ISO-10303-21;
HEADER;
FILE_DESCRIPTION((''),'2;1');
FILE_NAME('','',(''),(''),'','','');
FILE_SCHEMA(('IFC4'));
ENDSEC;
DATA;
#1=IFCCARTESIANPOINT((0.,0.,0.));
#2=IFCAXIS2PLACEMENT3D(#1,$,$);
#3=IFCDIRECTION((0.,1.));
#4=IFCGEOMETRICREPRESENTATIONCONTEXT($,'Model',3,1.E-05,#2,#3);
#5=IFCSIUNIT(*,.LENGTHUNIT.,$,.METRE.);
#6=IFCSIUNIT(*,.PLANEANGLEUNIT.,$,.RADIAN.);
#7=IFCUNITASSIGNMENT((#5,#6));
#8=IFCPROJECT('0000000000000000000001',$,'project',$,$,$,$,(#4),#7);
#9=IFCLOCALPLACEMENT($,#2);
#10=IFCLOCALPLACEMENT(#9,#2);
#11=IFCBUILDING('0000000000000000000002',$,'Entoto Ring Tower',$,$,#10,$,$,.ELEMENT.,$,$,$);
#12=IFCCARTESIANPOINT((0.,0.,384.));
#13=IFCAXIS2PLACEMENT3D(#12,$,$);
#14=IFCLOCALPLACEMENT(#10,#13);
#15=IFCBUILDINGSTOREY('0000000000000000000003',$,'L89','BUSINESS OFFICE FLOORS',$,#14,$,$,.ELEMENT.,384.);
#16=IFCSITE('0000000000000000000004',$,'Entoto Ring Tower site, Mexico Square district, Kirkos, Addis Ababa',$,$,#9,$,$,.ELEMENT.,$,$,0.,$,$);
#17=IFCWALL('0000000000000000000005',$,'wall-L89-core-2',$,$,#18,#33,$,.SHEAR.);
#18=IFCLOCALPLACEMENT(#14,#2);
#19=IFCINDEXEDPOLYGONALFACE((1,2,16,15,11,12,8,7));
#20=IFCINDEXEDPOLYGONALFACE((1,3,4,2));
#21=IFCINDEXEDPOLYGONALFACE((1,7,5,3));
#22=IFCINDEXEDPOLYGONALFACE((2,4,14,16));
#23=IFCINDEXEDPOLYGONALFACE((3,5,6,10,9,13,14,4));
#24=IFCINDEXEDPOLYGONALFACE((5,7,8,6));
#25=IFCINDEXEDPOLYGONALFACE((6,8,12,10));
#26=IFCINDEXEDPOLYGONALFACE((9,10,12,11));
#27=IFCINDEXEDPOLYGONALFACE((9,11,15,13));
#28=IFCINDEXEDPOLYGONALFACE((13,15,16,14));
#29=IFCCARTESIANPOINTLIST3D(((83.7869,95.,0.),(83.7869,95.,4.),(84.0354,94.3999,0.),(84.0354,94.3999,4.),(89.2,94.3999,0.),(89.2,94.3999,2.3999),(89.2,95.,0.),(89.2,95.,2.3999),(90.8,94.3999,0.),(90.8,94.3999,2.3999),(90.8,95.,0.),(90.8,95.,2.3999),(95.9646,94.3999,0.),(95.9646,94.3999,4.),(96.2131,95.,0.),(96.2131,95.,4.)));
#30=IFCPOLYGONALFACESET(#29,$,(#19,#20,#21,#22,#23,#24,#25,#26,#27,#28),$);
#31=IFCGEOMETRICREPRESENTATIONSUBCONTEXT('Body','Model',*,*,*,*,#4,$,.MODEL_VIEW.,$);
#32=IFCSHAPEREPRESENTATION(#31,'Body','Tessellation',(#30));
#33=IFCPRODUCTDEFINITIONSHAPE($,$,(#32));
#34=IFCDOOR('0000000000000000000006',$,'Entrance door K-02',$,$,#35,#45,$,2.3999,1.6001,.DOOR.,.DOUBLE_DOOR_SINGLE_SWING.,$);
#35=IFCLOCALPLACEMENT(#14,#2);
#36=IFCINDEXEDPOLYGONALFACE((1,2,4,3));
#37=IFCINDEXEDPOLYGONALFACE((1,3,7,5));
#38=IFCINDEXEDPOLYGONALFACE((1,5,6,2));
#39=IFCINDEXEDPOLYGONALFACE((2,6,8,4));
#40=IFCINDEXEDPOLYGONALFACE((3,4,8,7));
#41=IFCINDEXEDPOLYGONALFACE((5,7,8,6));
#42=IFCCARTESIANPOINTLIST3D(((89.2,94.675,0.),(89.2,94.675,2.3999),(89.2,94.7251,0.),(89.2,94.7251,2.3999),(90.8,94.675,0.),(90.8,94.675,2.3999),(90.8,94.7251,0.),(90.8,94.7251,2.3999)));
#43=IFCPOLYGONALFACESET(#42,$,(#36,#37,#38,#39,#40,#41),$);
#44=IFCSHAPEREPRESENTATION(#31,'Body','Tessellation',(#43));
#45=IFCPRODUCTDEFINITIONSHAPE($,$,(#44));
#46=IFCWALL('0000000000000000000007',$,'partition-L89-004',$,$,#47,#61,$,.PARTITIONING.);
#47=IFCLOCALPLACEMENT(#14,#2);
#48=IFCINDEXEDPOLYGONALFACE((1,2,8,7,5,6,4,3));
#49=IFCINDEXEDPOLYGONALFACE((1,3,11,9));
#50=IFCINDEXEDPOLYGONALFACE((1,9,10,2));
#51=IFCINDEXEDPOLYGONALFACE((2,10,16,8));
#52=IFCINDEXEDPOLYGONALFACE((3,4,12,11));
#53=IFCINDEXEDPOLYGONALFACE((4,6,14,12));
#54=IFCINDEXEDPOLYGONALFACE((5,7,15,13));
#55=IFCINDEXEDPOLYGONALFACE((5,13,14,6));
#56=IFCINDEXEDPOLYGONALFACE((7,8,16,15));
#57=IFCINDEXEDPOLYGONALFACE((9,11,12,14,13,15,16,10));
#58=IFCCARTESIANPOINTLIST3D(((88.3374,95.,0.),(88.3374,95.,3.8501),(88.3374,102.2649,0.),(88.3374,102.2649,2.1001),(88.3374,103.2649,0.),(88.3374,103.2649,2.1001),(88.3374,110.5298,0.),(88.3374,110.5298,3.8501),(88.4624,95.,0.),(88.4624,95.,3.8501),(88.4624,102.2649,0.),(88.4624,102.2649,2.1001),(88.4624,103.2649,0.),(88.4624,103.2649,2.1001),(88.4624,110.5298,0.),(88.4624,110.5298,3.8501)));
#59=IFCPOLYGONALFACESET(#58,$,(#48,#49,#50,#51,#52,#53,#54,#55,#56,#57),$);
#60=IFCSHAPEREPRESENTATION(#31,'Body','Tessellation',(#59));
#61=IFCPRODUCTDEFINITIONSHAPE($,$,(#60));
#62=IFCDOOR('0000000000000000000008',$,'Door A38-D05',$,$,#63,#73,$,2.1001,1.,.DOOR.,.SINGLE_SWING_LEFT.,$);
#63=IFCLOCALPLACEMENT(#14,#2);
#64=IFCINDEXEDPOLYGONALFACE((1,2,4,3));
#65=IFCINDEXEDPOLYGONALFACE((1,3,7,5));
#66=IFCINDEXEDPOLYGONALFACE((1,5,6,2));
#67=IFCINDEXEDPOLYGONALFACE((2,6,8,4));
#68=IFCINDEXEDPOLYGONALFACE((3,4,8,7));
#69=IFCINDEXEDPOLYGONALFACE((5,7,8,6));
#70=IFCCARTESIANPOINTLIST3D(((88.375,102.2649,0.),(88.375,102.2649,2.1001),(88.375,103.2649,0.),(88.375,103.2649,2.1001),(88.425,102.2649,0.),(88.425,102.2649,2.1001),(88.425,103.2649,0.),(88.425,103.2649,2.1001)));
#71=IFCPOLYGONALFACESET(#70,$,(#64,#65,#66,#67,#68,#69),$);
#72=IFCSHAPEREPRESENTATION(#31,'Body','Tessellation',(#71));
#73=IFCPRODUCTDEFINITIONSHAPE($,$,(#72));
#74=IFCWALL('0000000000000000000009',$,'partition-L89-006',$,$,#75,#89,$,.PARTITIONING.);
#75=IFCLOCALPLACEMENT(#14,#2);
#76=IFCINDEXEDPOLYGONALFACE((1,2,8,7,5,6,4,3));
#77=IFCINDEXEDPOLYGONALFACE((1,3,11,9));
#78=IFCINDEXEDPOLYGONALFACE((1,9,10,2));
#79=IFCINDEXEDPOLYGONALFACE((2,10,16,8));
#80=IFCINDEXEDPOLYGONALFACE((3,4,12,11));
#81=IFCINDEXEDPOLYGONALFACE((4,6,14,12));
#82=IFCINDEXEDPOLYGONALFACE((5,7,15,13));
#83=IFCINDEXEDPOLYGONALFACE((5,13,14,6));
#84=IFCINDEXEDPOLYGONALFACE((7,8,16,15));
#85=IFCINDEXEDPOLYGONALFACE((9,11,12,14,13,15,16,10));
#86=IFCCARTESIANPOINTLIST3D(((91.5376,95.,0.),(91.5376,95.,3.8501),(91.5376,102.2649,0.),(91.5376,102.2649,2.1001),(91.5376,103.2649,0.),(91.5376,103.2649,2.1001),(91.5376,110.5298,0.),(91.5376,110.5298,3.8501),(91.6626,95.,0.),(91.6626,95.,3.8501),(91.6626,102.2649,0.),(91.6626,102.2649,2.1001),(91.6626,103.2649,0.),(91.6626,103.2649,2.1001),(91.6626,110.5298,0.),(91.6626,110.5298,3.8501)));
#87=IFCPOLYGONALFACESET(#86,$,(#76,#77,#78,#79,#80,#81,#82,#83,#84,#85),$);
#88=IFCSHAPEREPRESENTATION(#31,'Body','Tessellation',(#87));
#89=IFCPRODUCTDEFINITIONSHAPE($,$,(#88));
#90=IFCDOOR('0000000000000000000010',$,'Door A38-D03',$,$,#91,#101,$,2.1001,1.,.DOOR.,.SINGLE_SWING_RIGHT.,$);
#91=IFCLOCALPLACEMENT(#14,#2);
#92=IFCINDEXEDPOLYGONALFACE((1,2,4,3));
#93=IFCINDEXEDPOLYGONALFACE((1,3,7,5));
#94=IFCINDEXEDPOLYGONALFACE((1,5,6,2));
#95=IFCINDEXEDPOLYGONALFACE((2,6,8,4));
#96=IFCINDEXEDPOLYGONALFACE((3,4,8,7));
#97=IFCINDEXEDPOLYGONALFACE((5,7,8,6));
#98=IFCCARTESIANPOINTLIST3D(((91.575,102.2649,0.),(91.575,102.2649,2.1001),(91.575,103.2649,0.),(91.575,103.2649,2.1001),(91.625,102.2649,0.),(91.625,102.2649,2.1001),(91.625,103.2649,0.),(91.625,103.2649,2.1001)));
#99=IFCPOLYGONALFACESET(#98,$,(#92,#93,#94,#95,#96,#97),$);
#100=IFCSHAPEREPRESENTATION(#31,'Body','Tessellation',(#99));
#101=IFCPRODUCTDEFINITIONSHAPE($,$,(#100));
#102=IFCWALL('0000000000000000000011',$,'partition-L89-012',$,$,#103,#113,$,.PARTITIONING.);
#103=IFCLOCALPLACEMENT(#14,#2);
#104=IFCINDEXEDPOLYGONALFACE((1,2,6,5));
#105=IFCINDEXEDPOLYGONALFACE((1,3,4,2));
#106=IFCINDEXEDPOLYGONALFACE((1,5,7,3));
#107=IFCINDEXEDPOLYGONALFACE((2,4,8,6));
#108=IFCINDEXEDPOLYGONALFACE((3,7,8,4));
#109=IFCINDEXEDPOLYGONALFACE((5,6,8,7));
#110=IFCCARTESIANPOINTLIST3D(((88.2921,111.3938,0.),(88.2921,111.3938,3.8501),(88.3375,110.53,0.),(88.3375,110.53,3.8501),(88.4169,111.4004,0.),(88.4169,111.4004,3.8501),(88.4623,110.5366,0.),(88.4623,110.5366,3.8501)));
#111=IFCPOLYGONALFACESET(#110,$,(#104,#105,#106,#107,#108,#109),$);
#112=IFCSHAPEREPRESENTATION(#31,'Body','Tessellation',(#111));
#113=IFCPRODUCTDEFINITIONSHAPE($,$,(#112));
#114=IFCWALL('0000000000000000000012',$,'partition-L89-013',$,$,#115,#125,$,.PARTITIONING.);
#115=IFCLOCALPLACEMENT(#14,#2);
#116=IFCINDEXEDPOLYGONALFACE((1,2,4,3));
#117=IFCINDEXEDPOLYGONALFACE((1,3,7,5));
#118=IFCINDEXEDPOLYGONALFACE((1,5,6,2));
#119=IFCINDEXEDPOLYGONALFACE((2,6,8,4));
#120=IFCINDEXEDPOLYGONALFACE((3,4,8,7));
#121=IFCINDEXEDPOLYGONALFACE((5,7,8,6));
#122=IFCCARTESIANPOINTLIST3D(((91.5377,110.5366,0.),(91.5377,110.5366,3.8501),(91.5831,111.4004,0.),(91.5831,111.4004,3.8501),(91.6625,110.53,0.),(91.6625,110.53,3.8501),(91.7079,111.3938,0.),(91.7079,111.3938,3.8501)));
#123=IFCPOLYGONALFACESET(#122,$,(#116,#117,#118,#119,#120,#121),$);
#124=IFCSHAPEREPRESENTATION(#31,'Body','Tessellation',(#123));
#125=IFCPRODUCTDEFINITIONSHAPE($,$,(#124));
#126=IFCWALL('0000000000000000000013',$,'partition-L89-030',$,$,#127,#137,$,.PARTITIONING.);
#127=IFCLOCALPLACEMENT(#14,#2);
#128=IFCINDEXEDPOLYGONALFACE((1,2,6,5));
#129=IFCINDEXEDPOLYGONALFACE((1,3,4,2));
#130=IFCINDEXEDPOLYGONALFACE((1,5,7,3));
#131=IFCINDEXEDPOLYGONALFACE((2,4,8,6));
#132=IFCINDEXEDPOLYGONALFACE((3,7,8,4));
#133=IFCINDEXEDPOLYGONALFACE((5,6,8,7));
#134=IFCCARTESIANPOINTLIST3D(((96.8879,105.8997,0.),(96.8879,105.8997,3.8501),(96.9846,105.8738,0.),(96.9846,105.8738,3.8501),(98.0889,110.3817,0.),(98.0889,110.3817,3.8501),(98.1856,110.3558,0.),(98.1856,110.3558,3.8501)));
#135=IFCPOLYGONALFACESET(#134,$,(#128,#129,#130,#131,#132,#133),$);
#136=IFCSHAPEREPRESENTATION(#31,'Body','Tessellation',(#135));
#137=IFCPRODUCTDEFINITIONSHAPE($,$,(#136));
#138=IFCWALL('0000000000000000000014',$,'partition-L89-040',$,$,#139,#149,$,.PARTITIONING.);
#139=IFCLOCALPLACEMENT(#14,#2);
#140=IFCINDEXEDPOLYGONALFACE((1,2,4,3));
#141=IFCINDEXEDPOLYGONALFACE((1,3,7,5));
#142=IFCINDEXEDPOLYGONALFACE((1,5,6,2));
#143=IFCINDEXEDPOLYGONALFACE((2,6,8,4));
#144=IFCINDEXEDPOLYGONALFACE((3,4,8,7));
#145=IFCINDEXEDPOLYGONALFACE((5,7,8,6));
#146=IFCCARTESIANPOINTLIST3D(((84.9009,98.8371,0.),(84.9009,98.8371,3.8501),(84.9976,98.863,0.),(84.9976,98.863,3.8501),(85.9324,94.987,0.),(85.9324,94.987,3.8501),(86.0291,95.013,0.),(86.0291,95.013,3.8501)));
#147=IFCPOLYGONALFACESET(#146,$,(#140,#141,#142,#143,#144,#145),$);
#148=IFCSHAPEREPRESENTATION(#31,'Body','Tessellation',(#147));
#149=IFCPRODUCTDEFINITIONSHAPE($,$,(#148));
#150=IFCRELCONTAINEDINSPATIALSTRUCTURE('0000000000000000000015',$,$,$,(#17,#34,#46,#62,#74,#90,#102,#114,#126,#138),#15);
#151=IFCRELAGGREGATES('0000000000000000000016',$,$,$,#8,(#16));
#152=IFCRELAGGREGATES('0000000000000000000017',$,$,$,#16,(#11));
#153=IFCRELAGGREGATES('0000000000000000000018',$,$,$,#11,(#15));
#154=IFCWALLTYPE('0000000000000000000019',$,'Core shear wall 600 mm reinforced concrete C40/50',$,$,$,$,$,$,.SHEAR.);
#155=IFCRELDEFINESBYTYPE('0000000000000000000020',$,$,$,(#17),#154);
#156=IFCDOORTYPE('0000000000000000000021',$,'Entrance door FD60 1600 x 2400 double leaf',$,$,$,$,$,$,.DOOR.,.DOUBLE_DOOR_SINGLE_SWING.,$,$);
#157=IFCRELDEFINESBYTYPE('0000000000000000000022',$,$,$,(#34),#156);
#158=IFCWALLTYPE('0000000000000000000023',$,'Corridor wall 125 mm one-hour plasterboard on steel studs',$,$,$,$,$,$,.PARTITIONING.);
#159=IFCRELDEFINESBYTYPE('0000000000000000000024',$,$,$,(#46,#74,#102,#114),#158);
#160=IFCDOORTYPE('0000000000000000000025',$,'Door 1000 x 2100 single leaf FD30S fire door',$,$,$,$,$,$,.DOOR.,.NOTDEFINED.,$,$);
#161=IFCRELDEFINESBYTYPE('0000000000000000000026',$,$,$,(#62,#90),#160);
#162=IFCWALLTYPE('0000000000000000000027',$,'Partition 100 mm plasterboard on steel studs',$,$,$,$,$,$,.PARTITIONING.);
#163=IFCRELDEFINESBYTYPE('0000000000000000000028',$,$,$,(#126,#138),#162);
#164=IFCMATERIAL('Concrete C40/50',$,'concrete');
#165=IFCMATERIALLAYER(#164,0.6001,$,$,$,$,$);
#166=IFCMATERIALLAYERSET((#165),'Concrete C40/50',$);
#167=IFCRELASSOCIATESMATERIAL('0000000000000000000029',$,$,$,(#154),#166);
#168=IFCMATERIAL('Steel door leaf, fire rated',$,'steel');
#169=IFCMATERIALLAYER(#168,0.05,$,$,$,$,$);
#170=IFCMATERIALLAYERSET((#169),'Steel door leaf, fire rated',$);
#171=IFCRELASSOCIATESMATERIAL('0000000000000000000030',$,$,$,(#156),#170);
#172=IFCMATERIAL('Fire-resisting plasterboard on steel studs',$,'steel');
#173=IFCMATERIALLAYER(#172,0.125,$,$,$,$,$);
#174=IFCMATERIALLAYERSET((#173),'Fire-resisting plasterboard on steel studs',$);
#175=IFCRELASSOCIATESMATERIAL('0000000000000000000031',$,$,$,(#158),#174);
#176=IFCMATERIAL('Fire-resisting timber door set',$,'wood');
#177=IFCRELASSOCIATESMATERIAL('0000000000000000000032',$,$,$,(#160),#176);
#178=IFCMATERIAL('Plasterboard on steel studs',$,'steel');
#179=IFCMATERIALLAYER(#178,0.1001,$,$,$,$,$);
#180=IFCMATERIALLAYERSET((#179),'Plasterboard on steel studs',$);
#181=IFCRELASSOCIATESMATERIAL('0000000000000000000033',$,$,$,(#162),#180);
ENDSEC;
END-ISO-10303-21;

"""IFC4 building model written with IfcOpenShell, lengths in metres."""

from ifc_helpers import new_model, si_unit, direction, frame, frame_2d, origin, place, context, subcontext, project, spatial, polyline, rectangle, outline, extrude, material, layer, layer_set, type_object, element, fill, save


model = new_model("IFC4")

# Units and contexts
model_context = context("Model", 3, precision=1e-05, world=origin(), true_north=direction((0.0, 1.0)))
body_context = subcontext(model_context, "Body", "Model", "MODEL_VIEW")
ifc_project = project(units=[si_unit("LENGTHUNIT", "METRE"), si_unit("PLANEANGLEUNIT", "RADIAN")], contexts=[model_context])

# Site, building, storey
site_placement = place(None, origin())
site = spatial("IfcSite", under=ifc_project, at=site_placement, Name="Entoto Ring Tower site, Mexico Square district, Kirkos, Addis Ababa", CompositionType="ELEMENT", RefElevation=0.0)
building_placement = place(site_placement, origin())
building = spatial("IfcBuilding", under=site, at=building_placement, Name="Entoto Ring Tower", CompositionType="ELEMENT")
storey_placement = place(building_placement, frame((0.0, 0.0, 384.0)))
storey = spatial("IfcBuildingStorey", under=building, at=storey_placement, Name="L89", Description="BUSINESS OFFICE FLOORS", CompositionType="ELEMENT", Elevation=384.0)

# Walls, openings, doors
ifc_material_1 = material(Name="Concrete C40/50", Category="concrete")
ifc_layer_1 = layer(ifc_material_1, 0.6001)
ifc_layer_set_1 = layer_set([ifc_layer_1], Name="Concrete C40/50")
wall_type_1 = type_object("IfcWallType", Name="Core shear wall 600 mm reinforced concrete C40/50", PredefinedType="SHEAR", material=ifc_layer_set_1)
wall_1_placement = place(storey_placement, frame((96.0889, 94.7, 0.0), z_axis=(0.0, 0.0, 1.0), x_axis=(-1.0, 0.0, 0.0)))
wall_1 = element("IfcWall", 1, at=wall_1_placement, inside=storey, type_object=wall_type_1, Name="wall-L89-core-2", PredefinedType="SHEAR", context=body_context, shape_type="SweptSolid", body=[
    extrude(outline(polyline([(-0.1243, -0.3), (12.302, -0.3), (12.0535, 0.3), (0.1243, 0.3), (-0.1243, -0.3)])), origin(), (0.0, 0.0, 1.0), 4.0),
])
opening_1_placement = place(wall_1_placement, frame((5.2888, 0.0, 0.0)))
opening_1 = element("IfcOpeningElement", 2, at=opening_1_placement, cuts=wall_1, PredefinedType="OPENING", context=body_context, shape_type="SweptSolid", body=[
    extrude(rectangle(XDim=1.6001, YDim=2.3999, at=frame_2d((0.8, 1.2))), frame((0.0, 0.3101, 0.0), z_axis=(0.0, -1.0, 0.0), x_axis=(1.0, 0.0, 0.0)), (0.0, 0.0, 1.0), 0.6201),
])
ifc_material_2 = material(Name="Steel door leaf, fire rated", Category="steel")
ifc_layer_2 = layer(ifc_material_2, 0.05)
ifc_layer_set_2 = layer_set([ifc_layer_2], Name="Steel door leaf, fire rated")
door_type_1 = type_object("IfcDoorType", Name="Entrance door FD60 1600 x 2400 double leaf", OperationType="DOUBLE_DOOR_SINGLE_SWING", PredefinedType="DOOR", material=ifc_layer_set_2)
door_1_placement = place(opening_1_placement, origin())
door_1 = element("IfcDoor", 3, at=door_1_placement, inside=storey, type_object=door_type_1, Name="Entrance door K-02", OperationType="DOUBLE_DOOR_SINGLE_SWING", OverallHeight=2.3999, OverallWidth=1.6001, PredefinedType="DOOR", context=body_context, shape_type="SweptSolid", body=[
    extrude(rectangle(XDim=1.6001, YDim=2.3999, at=frame_2d((0.8, 1.2))), frame((0.0, 0.0249, 0.0), z_axis=(0.0, -1.0, 0.0), x_axis=(1.0, 0.0, 0.0)), (0.0, 0.0, 1.0), 0.05),
])
fill(opening_1, door_1)
ifc_material_3 = material(Name="Fire-resisting plasterboard on steel studs", Category="steel")
ifc_layer_3 = layer(ifc_material_3, 0.125)
ifc_layer_set_3 = layer_set([ifc_layer_3], Name="Fire-resisting plasterboard on steel studs")
wall_type_2 = type_object("IfcWallType", Name="Corridor wall 125 mm one-hour plasterboard on steel studs", PredefinedType="PARTITIONING", material=ifc_layer_set_3)
wall_2_placement = place(storey_placement, frame((88.3999, 95.0, 0.0), z_axis=(0.0, 0.0, 1.0), x_axis=(0.0, 1.0, 0.0)))
wall_2 = element("IfcWall", 4, at=wall_2_placement, inside=storey, type_object=wall_type_2, Name="partition-L89-004", PredefinedType="PARTITIONING", context=body_context, shape_type="SweptSolid", body=[
    extrude(rectangle(XDim=15.5298, YDim=0.125, at=frame_2d((7.7649, 0.0))), origin(), (0.0, 0.0, 1.0), 3.8501),
])
opening_2_placement = place(wall_2_placement, frame((7.2649, 0.0, 0.0)))
opening_2 = element("IfcOpeningElement", 5, at=opening_2_placement, cuts=wall_2, PredefinedType="OPENING", context=body_context, shape_type="SweptSolid", body=[
    extrude(rectangle(XDim=1.0, YDim=2.1001, at=frame_2d((0.5, 1.05))), frame((0.0, 0.0725, 0.0), z_axis=(0.0, -1.0, 0.0), x_axis=(1.0, 0.0, 0.0)), (0.0, 0.0, 1.0), 0.145),
])
ifc_material_4 = material(Name="Fire-resisting timber door set", Category="wood")
door_type_2 = type_object("IfcDoorType", Name="Door 1000 x 2100 single leaf FD30S fire door", OperationType="NOTDEFINED", PredefinedType="DOOR", material=ifc_material_4)
door_2_placement = place(opening_2_placement, origin())
door_2 = element("IfcDoor", 6, at=door_2_placement, inside=storey, type_object=door_type_2, Name="Door A38-D05", OperationType="SINGLE_SWING_LEFT", OverallHeight=2.1001, OverallWidth=1.0, PredefinedType="DOOR", context=body_context, shape_type="SweptSolid", body=[
    extrude(rectangle(XDim=1.0, YDim=2.1001, at=frame_2d((0.5, 1.05))), frame((0.0, 0.0249, 0.0), z_axis=(0.0, -1.0, 0.0), x_axis=(1.0, 0.0, 0.0)), (0.0, 0.0, 1.0), 0.05),
])
fill(opening_2, door_2)
wall_3_placement = place(storey_placement, frame((91.6001, 95.0, 0.0), z_axis=(0.0, 0.0, 1.0), x_axis=(0.0, 1.0, 0.0)))
wall_3 = element("IfcWall", 7, at=wall_3_placement, inside=storey, type_object=wall_type_2, Name="partition-L89-006", PredefinedType="PARTITIONING", context=body_context, shape_type="SweptSolid", body=[
    extrude(rectangle(XDim=15.5298, YDim=0.125, at=frame_2d((7.7649, 0.0))), origin(), (0.0, 0.0, 1.0), 3.8501),
])
opening_3_placement = place(wall_3_placement, frame((7.2649, 0.0, 0.0)))
opening_3 = element("IfcOpeningElement", 8, at=opening_3_placement, cuts=wall_3, PredefinedType="OPENING", context=body_context, shape_type="SweptSolid", body=[
    extrude(rectangle(XDim=1.0, YDim=2.1001, at=frame_2d((0.5, 1.05))), frame((0.0, 0.0725, 0.0), z_axis=(0.0, -1.0, 0.0), x_axis=(1.0, 0.0, 0.0)), (0.0, 0.0, 1.0), 0.145),
])
door_3_placement = place(opening_3_placement, frame((1.0, 0.0, 0.0), z_axis=(0.0, 0.0, 1.0), x_axis=(-1.0, 0.0, 0.0)))
door_3 = element("IfcDoor", 9, at=door_3_placement, inside=storey, type_object=door_type_2, Name="Door A38-D03", OperationType="SINGLE_SWING_RIGHT", OverallHeight=2.1001, OverallWidth=1.0, PredefinedType="DOOR", context=body_context, shape_type="SweptSolid", body=[
    extrude(rectangle(XDim=1.0, YDim=2.1001, at=frame_2d((0.5, 1.05))), frame((0.0, 0.0249, 0.0), z_axis=(0.0, -1.0, 0.0), x_axis=(1.0, 0.0, 0.0)), (0.0, 0.0, 1.0), 0.05),
])
fill(opening_3, door_3)

# Walls
for number, where, z_axis, x_axis, name in (
    (10, (88.3999, 110.5332, 0.0), (0.0, 0.0, 1.0), (-0.0525, 0.998621, 0.0), "partition-L89-012"),
    (11, (91.6001, 110.5332, 0.0), (0.0, 0.0, 1.0), (0.0525, 0.998621, 0.0), "partition-L89-013"),
):
    element("IfcWall", number, at=place(storey_placement, frame(where, z_axis=z_axis, x_axis=x_axis)), inside=storey, type_object=wall_type_2, Name=name, PredefinedType="PARTITIONING", context=body_context, shape_type="SweptSolid", body=[
        extrude(rectangle(XDim=0.865, YDim=0.125, at=frame_2d((0.4326, 0.0))), origin(), (0.0, 0.0, 1.0), 3.8501),
    ])
ifc_material_5 = material(Name="Plasterboard on steel studs", Category="steel")
ifc_layer_4 = layer(ifc_material_5, 0.1001)
ifc_layer_set_4 = layer_set([ifc_layer_4], Name="Plasterboard on steel studs")
wall_type_3 = type_object("IfcWallType", Name="Partition 100 mm plasterboard on steel studs", PredefinedType="PARTITIONING", material=ifc_layer_set_4)
wall_4_placement = place(storey_placement, frame((96.9363, 105.8867, 0.0), z_axis=(0.0, 0.0, 1.0), x_axis=(0.258818, 0.965926, 0.0)))
element("IfcWall", 12, at=wall_4_placement, inside=storey, type_object=wall_type_3, Name="partition-L89-030", PredefinedType="PARTITIONING", context=body_context, shape_type="SweptSolid", body=[
    extrude(rectangle(XDim=4.6401, YDim=0.1001, at=frame_2d((2.3201, 0.0))), origin(), (0.0, 0.0, 1.0), 3.8501),
])
wall_5_placement = place(storey_placement, frame((85.9807, 95.0, 0.0), z_axis=(0.0, 0.0, 1.0), x_axis=(-0.258787, 0.965934, 0.0)))
element("IfcWall", 13, at=wall_5_placement, inside=storey, type_object=wall_type_3, Name="partition-L89-040", PredefinedType="PARTITIONING", context=body_context, shape_type="SweptSolid", body=[
    extrude(rectangle(XDim=3.9858, YDim=0.1001, at=frame_2d((1.9929, 0.0))), origin(), (0.0, 0.0, 1.0), 3.8501),
])

save(model, "model.ifc")
